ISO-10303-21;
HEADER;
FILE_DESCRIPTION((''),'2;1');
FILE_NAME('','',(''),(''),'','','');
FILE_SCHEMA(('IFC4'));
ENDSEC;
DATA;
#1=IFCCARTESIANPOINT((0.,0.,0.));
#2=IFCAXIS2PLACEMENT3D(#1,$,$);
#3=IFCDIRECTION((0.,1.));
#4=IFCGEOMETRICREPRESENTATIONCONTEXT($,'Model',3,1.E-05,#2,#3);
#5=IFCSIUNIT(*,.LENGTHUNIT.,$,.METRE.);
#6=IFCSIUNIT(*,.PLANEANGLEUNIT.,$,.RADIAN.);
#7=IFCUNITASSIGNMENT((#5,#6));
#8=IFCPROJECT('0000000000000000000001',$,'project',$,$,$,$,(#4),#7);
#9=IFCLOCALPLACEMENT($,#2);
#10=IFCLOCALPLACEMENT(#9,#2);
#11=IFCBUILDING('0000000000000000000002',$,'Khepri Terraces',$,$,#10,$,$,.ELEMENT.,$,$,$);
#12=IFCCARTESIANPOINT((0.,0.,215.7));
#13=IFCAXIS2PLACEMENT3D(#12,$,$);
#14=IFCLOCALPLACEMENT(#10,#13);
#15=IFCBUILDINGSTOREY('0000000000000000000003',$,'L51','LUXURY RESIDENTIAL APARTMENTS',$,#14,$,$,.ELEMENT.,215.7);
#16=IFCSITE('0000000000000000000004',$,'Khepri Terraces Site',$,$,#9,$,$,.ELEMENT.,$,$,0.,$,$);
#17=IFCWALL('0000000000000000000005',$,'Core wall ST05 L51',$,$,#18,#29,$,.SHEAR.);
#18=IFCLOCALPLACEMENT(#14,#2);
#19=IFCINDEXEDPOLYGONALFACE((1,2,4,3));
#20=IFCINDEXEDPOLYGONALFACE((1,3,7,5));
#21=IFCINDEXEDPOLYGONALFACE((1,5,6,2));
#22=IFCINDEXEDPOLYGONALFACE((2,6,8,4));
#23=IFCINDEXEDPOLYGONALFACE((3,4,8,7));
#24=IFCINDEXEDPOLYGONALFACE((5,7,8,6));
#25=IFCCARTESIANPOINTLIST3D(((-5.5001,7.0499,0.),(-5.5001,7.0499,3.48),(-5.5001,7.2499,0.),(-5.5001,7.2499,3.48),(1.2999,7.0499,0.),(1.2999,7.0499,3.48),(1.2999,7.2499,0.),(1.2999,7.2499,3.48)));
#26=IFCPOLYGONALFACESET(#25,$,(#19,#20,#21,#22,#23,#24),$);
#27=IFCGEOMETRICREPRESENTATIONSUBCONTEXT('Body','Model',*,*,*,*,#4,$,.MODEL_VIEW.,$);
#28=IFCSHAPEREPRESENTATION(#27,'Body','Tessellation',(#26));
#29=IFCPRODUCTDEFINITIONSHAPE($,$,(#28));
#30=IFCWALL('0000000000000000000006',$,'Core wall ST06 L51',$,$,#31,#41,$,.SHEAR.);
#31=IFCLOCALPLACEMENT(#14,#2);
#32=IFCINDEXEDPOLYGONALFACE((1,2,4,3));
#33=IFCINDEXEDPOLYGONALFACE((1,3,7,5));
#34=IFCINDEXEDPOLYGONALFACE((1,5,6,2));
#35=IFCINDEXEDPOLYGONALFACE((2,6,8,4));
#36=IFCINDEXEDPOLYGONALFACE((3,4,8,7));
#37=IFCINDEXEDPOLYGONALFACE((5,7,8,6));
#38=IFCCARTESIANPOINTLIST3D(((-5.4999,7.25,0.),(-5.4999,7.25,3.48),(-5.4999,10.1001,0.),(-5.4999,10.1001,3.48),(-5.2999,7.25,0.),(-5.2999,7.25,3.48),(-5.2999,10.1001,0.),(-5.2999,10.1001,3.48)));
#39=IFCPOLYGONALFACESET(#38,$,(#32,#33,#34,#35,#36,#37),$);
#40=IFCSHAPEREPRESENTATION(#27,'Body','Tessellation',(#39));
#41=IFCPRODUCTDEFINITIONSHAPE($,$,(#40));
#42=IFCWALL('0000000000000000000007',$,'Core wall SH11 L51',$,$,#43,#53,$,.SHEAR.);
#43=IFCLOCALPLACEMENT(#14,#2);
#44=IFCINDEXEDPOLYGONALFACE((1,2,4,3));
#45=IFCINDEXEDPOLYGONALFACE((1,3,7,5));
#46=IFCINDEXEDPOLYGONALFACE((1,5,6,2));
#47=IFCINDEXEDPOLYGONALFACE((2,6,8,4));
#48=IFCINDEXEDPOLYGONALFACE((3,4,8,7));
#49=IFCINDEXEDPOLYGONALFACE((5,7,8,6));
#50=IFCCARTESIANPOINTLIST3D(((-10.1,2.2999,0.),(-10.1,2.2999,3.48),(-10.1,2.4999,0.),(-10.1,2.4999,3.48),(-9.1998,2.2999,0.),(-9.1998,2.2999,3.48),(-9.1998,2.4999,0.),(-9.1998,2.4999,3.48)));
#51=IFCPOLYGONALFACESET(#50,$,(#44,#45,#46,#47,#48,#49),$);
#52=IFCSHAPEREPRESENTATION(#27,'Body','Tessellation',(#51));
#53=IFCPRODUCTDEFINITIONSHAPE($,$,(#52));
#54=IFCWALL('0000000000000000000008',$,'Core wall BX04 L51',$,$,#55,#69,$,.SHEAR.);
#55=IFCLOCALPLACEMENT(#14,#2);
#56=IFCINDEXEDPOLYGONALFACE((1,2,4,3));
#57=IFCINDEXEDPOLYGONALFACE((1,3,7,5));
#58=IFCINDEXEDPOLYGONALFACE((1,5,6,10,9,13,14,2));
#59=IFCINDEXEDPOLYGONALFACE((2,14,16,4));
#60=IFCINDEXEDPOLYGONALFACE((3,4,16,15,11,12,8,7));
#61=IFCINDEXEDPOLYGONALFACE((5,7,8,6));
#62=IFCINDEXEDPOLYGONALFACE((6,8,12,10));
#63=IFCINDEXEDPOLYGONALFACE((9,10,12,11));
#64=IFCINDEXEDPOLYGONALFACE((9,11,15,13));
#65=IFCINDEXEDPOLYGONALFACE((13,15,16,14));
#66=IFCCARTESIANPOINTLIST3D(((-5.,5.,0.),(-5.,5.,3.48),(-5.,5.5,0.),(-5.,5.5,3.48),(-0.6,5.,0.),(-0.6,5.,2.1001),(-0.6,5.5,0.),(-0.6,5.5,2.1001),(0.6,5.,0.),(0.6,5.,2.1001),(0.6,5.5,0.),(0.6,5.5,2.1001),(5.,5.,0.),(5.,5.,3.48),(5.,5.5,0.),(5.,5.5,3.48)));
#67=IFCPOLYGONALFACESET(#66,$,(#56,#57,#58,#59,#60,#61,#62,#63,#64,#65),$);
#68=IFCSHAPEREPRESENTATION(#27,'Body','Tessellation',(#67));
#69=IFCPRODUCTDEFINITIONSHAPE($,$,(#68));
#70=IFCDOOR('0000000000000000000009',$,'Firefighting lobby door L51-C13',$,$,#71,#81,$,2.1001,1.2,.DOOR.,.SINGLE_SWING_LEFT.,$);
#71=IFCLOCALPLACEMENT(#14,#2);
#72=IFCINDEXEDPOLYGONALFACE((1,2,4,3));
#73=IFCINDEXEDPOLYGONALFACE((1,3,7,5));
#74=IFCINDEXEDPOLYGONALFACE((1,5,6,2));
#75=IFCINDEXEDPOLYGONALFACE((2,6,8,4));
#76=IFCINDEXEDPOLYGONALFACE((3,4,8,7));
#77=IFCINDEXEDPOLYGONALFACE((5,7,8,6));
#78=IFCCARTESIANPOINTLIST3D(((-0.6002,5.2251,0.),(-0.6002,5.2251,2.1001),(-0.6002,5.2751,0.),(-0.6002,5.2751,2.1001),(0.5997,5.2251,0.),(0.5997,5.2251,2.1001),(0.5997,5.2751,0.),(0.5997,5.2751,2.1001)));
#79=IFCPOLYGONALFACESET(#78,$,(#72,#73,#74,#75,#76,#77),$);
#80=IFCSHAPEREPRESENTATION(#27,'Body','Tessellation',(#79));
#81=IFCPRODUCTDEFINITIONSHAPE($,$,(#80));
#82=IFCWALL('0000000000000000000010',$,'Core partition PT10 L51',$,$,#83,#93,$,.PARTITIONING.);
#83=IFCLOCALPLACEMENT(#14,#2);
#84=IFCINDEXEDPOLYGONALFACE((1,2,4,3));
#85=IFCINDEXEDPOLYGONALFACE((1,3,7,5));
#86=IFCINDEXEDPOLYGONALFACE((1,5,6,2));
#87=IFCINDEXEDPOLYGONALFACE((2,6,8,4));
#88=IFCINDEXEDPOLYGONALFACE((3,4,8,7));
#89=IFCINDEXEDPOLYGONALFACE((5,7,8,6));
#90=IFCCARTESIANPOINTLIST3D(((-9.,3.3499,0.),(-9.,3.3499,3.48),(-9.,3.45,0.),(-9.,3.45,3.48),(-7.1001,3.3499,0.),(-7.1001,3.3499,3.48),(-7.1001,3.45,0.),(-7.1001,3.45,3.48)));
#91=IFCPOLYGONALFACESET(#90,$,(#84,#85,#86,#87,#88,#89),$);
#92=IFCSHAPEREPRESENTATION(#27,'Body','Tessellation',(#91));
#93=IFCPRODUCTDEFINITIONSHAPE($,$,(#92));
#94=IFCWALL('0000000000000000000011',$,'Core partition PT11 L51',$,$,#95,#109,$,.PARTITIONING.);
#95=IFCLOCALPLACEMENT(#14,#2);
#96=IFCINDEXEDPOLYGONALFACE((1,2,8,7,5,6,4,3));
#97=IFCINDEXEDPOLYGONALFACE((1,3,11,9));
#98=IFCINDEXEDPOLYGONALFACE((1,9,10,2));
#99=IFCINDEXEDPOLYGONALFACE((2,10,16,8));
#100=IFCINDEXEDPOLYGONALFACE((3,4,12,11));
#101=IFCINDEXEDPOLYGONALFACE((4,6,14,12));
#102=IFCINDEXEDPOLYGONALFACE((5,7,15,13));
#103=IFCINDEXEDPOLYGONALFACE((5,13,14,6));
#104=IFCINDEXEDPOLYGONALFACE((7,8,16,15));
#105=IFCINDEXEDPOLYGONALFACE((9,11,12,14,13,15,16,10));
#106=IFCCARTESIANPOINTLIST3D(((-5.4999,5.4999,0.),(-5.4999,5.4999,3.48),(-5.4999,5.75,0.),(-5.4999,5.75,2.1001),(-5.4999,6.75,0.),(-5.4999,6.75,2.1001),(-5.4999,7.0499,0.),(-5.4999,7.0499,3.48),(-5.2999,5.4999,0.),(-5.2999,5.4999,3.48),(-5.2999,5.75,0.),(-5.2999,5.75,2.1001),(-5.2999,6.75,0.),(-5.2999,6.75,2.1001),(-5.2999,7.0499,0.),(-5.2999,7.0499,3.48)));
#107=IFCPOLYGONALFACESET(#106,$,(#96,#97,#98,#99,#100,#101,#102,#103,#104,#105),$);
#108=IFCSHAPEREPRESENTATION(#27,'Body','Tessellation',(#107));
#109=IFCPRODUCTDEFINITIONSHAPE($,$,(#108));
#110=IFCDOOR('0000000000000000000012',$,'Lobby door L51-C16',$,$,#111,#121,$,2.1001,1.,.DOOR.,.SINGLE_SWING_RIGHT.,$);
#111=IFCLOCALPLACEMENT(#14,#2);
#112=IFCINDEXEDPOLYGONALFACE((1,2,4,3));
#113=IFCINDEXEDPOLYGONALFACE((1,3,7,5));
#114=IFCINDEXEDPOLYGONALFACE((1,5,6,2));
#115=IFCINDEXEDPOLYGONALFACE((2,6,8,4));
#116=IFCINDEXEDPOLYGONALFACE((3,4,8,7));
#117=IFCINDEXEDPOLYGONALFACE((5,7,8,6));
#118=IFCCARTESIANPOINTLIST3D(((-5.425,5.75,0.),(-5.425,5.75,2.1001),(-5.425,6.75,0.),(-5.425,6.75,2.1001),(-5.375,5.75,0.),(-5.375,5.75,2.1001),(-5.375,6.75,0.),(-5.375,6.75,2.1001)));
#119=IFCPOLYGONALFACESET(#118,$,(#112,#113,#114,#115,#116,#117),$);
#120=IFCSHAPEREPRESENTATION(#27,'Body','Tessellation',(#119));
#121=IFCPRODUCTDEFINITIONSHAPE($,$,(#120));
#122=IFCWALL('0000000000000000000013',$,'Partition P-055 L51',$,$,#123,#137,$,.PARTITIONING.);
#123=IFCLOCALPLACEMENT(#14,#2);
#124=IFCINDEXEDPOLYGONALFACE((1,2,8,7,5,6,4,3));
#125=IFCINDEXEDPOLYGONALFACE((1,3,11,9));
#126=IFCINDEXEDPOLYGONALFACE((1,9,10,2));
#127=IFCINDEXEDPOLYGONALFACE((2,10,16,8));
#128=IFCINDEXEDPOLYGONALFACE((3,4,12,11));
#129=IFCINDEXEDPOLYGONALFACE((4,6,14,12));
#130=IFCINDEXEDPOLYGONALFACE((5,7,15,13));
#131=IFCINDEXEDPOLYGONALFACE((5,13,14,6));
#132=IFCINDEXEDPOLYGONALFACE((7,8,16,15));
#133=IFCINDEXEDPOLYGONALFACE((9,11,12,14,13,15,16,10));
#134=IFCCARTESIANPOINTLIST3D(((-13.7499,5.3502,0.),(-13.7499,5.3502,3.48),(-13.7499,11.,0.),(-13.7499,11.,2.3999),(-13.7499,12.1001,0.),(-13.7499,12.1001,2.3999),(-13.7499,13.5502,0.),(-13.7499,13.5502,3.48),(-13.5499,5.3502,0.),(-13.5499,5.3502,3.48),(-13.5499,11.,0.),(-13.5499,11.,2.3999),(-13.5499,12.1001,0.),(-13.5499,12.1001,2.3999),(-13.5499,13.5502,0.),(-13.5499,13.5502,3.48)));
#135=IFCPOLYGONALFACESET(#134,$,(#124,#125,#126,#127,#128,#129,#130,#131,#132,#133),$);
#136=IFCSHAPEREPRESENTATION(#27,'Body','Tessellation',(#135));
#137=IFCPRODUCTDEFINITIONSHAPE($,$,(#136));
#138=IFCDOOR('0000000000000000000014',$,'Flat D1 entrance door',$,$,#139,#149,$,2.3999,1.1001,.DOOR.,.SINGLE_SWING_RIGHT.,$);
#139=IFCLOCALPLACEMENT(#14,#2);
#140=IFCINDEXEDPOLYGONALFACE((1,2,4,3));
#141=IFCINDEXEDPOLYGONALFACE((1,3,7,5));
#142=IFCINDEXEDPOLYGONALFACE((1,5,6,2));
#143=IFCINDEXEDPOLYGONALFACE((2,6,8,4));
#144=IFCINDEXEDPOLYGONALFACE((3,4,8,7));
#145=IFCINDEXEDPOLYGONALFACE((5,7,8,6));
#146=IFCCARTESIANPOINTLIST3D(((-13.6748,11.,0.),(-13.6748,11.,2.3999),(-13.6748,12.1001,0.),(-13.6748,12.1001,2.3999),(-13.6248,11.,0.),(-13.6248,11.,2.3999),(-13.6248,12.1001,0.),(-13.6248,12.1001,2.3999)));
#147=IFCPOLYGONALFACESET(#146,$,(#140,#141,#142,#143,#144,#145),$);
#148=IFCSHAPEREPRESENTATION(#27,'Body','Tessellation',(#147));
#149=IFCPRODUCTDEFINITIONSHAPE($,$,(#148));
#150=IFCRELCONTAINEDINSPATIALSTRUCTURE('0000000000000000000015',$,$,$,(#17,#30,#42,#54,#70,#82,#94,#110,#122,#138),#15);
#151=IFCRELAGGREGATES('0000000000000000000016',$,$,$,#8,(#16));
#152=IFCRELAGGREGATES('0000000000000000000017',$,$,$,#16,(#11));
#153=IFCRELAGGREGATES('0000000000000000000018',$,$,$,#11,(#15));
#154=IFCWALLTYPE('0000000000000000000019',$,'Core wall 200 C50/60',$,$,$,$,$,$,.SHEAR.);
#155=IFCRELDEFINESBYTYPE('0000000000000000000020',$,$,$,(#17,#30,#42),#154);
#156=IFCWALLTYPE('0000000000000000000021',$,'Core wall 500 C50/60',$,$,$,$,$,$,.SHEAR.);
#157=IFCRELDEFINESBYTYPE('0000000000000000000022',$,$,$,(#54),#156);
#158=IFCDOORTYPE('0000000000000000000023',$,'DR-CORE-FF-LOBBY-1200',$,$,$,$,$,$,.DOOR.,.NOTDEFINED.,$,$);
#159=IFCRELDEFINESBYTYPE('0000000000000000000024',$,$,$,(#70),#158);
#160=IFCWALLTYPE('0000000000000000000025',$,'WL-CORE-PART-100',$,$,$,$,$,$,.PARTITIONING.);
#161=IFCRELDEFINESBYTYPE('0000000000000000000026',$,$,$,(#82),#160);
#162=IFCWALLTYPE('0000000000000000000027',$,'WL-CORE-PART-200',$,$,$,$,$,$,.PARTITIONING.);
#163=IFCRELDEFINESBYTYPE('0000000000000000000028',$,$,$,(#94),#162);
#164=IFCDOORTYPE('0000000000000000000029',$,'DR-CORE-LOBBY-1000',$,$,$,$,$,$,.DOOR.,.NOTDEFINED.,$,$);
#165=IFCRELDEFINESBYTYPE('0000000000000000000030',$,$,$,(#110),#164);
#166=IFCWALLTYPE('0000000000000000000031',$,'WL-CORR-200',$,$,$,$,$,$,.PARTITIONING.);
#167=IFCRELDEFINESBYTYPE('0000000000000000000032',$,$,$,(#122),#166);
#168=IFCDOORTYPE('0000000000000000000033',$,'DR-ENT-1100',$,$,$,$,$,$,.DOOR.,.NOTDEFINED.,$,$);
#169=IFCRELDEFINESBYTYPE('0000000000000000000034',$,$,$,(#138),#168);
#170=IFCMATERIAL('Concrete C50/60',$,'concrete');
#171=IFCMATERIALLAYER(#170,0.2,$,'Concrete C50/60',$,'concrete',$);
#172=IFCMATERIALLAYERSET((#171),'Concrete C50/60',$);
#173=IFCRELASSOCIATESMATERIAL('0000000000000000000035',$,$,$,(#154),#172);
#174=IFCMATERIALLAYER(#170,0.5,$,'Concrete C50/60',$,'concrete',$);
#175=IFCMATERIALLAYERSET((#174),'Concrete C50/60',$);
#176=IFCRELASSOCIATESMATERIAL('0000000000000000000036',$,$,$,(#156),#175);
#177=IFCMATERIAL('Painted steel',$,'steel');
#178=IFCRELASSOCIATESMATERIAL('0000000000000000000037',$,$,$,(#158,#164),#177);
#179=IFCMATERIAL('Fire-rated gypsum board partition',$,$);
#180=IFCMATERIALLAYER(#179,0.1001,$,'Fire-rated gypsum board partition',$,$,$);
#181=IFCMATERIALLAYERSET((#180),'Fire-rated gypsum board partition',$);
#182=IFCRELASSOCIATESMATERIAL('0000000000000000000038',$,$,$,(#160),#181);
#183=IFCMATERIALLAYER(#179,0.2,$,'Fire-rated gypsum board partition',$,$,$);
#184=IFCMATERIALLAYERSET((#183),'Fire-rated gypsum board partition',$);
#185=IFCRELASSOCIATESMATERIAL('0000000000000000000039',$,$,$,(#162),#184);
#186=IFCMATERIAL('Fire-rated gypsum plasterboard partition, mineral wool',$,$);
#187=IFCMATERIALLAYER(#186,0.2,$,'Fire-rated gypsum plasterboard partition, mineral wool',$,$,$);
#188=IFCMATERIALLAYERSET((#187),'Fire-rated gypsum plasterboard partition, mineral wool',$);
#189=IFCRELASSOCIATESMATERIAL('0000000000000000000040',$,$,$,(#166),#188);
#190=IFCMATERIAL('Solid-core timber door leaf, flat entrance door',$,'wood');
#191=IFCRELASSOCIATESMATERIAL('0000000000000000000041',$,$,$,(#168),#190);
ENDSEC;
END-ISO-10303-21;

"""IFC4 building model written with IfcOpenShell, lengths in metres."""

from ifc_helpers import new_model, si_unit, direction, frame, frame_2d, origin, place, context, subcontext, project, spatial, rectangle, extrude, material, layer, layer_set, type_object, element, fill, save


model = new_model("IFC4")

# Units and contexts
model_context = context("Model", 3, precision=1e-05, world=origin(), true_north=direction((0.0, 1.0)))
body_context = subcontext(model_context, "Body", "Model", "MODEL_VIEW")
ifc_project = project(units=[si_unit("LENGTHUNIT", "METRE"), si_unit("PLANEANGLEUNIT", "RADIAN")], contexts=[model_context])

# Site, building, storey
site_placement = place(None, origin())
site = spatial("IfcSite", under=ifc_project, at=site_placement, Name="Khepri Terraces Site", CompositionType="ELEMENT", RefElevation=0.0)
building_placement = place(site_placement, origin())
building = spatial("IfcBuilding", under=site, at=building_placement, Name="Khepri Terraces", CompositionType="ELEMENT")
storey_placement = place(building_placement, frame((0.0, 0.0, 215.7)))
storey = spatial("IfcBuildingStorey", under=building, at=storey_placement, Name="L51", Description="LUXURY RESIDENTIAL APARTMENTS", CompositionType="ELEMENT", Elevation=215.7)

# Walls
ifc_material_1 = material(Name="Concrete C50/60", Category="concrete")
ifc_layer_1 = layer(ifc_material_1, 0.2, Name="Concrete C50/60", Category="concrete")
ifc_layer_set_1 = layer_set([ifc_layer_1], Name="Concrete C50/60")
wall_type_1 = type_object("IfcWallType", Name="Core wall 200 C50/60", PredefinedType="SHEAR", material=ifc_layer_set_1)
wall_1_placement = place(storey_placement, frame((-5.5, 7.1499, 0.0), z_axis=(0.0, 0.0, 1.0), x_axis=(1.0, 0.0, 0.0)))
element("IfcWall", 1, at=wall_1_placement, inside=storey, type_object=wall_type_1, Name="Core wall ST05 L51", PredefinedType="SHEAR", context=body_context, shape_type="SweptSolid", body=[
    extrude(rectangle(XDim=6.8, YDim=0.2, at=frame_2d((3.3999, 0.0))), origin(), (0.0, 0.0, 1.0), 3.48),
])
wall_2_placement = place(storey_placement, frame((-5.3999, 7.25, 0.0), z_axis=(0.0, 0.0, 1.0), x_axis=(0.0, 1.0, 0.0)))
element("IfcWall", 2, at=wall_2_placement, inside=storey, type_object=wall_type_1, Name="Core wall ST06 L51", PredefinedType="SHEAR", context=body_context, shape_type="SweptSolid", body=[
    extrude(rectangle(XDim=2.8501, YDim=0.2, at=frame_2d((1.425, 0.0))), origin(), (0.0, 0.0, 1.0), 3.48),
])
wall_3_placement = place(storey_placement, frame((-10.1001, 2.3999, 0.0), z_axis=(0.0, 0.0, 1.0), x_axis=(1.0, 0.0, 0.0)))
element("IfcWall", 3, at=wall_3_placement, inside=storey, type_object=wall_type_1, Name="Core wall SH11 L51", PredefinedType="SHEAR", context=body_context, shape_type="SweptSolid", body=[
    extrude(rectangle(XDim=0.9001, YDim=0.2, at=frame_2d((0.4502, 0.0))), origin(), (0.0, 0.0, 1.0), 3.48),
])

# Wall, opening, door
ifc_layer_2 = layer(ifc_material_1, 0.5, Name="Concrete C50/60", Category="concrete")
ifc_layer_set_2 = layer_set([ifc_layer_2], Name="Concrete C50/60")
wall_type_2 = type_object("IfcWallType", Name="Core wall 500 C50/60", PredefinedType="SHEAR", material=ifc_layer_set_2)
wall_4_placement = place(storey_placement, frame((-5.0, 5.25, 0.0), z_axis=(0.0, 0.0, 1.0), x_axis=(1.0, 0.0, 0.0)))
wall_4 = element("IfcWall", 4, at=wall_4_placement, inside=storey, type_object=wall_type_2, Name="Core wall BX04 L51", PredefinedType="SHEAR", context=body_context, shape_type="SweptSolid", body=[
    extrude(rectangle(XDim=10.0, YDim=0.5, at=frame_2d((5.0, 0.0))), origin(), (0.0, 0.0, 1.0), 3.48),
])
opening_1_placement = place(wall_4_placement, frame((4.3999, 0.0, 0.0)))
opening_1 = element("IfcOpeningElement", 5, at=opening_1_placement, cuts=wall_4, PredefinedType="OPENING", context=body_context, shape_type="SweptSolid", body=[
    extrude(rectangle(XDim=1.2, YDim=2.1001, at=frame_2d((0.6001, 1.05))), frame((0.0, 0.26, 0.0), z_axis=(0.0, -1.0, 0.0), x_axis=(1.0, 0.0, 0.0)), (0.0, 0.0, 1.0), 0.52),
])
ifc_material_2 = material(Name="Painted steel", Category="steel")
door_type_1 = type_object("IfcDoorType", Name="DR-CORE-FF-LOBBY-1200", OperationType="NOTDEFINED", PredefinedType="DOOR", material=ifc_material_2)
door_1_placement = place(opening_1_placement, frame((1.2, 0.0, 0.0), z_axis=(0.0, 0.0, 1.0), x_axis=(-1.0, 0.0, 0.0)))
door_1 = element("IfcDoor", 6, at=door_1_placement, inside=storey, type_object=door_type_1, Name="Firefighting lobby door L51-C13", OperationType="SINGLE_SWING_LEFT", OverallHeight=2.1001, OverallWidth=1.2, PredefinedType="DOOR", context=body_context, shape_type="SweptSolid", body=[
    extrude(rectangle(XDim=1.2, YDim=2.1001, at=frame_2d((0.6001, 1.05))), frame((0.0, 0.0249, 0.0), z_axis=(0.0, -1.0, 0.0), x_axis=(1.0, 0.0, 0.0)), (0.0, 0.0, 1.0), 0.05),
])
fill(opening_1, door_1)

# Wall
ifc_material_3 = material(Name="Fire-rated gypsum board partition")
ifc_layer_3 = layer(ifc_material_3, 0.1001, Name="Fire-rated gypsum board partition")
ifc_layer_set_3 = layer_set([ifc_layer_3], Name="Fire-rated gypsum board partition")
wall_type_3 = type_object("IfcWallType", Name="WL-CORE-PART-100", PredefinedType="PARTITIONING", material=ifc_layer_set_3)
wall_5_placement = place(storey_placement, frame((-9.0, 3.3999, 0.0), z_axis=(0.0, 0.0, 1.0), x_axis=(1.0, 0.0, 0.0)))
element("IfcWall", 7, at=wall_5_placement, inside=storey, type_object=wall_type_3, Name="Core partition PT10 L51", PredefinedType="PARTITIONING", context=body_context, shape_type="SweptSolid", body=[
    extrude(rectangle(XDim=1.8999, YDim=0.1001, at=frame_2d((0.95, 0.0))), origin(), (0.0, 0.0, 1.0), 3.48),
])

# Walls, openings, doors
ifc_layer_4 = layer(ifc_material_3, 0.2, Name="Fire-rated gypsum board partition")
ifc_layer_set_4 = layer_set([ifc_layer_4], Name="Fire-rated gypsum board partition")
wall_type_4 = type_object("IfcWallType", Name="WL-CORE-PART-200", PredefinedType="PARTITIONING", material=ifc_layer_set_4)
wall_6_placement = place(storey_placement, frame((-5.3999, 5.5, 0.0), z_axis=(0.0, 0.0, 1.0), x_axis=(0.0, 1.0, 0.0)))
wall_6 = element("IfcWall", 8, at=wall_6_placement, inside=storey, type_object=wall_type_4, Name="Core partition PT11 L51", PredefinedType="PARTITIONING", context=body_context, shape_type="SweptSolid", body=[
    extrude(rectangle(XDim=1.55, YDim=0.2, at=frame_2d((0.7749, 0.0))), origin(), (0.0, 0.0, 1.0), 3.48),
])
opening_2_placement = place(wall_6_placement, frame((0.25, 0.0, 0.0)))
opening_2 = element("IfcOpeningElement", 9, at=opening_2_placement, cuts=wall_6, PredefinedType="OPENING", context=body_context, shape_type="SweptSolid", body=[
    extrude(rectangle(XDim=1.0, YDim=2.1001, at=frame_2d((0.5, 1.05))), frame((0.0, 0.1099, 0.0), z_axis=(0.0, -1.0, 0.0), x_axis=(1.0, 0.0, 0.0)), (0.0, 0.0, 1.0), 0.22),
])
door_type_2 = type_object("IfcDoorType", Name="DR-CORE-LOBBY-1000", OperationType="NOTDEFINED", PredefinedType="DOOR", material=ifc_material_2)
door_2_placement = place(opening_2_placement, frame((1.0, 0.0, 0.0), z_axis=(0.0, 0.0, 1.0), x_axis=(-1.0, 0.0, 0.0)))
door_2 = element("IfcDoor", 10, at=door_2_placement, inside=storey, type_object=door_type_2, Name="Lobby door L51-C16", OperationType="SINGLE_SWING_RIGHT", OverallHeight=2.1001, OverallWidth=1.0, PredefinedType="DOOR", context=body_context, shape_type="SweptSolid", body=[
    extrude(rectangle(XDim=1.0, YDim=2.1001, at=frame_2d((0.5, 1.05))), frame((0.0, 0.0249, 0.0), z_axis=(0.0, -1.0, 0.0), x_axis=(1.0, 0.0, 0.0)), (0.0, 0.0, 1.0), 0.05),
])
fill(opening_2, door_2)
ifc_material_4 = material(Name="Fire-rated gypsum plasterboard partition, mineral wool")
ifc_layer_5 = layer(ifc_material_4, 0.2, Name="Fire-rated gypsum plasterboard partition, mineral wool")
ifc_layer_set_5 = layer_set([ifc_layer_5], Name="Fire-rated gypsum plasterboard partition, mineral wool")
wall_type_5 = type_object("IfcWallType", Name="WL-CORR-200", PredefinedType="PARTITIONING", material=ifc_layer_set_5)
wall_7_placement = place(storey_placement, frame((-13.6499, 5.3501, 0.0), z_axis=(0.0, 0.0, 1.0), x_axis=(0.0, 1.0, 0.0)))
wall_7 = element("IfcWall", 11, at=wall_7_placement, inside=storey, type_object=wall_type_5, Name="Partition P-055 L51", PredefinedType="PARTITIONING", context=body_context, shape_type="SweptSolid", body=[
    extrude(rectangle(XDim=8.2, YDim=0.2, at=frame_2d((4.1001, 0.0))), origin(), (0.0, 0.0, 1.0), 3.48),
])
opening_3_placement = place(wall_7_placement, frame((5.6499, 0.0, 0.0)))
opening_3 = element("IfcOpeningElement", 12, at=opening_3_placement, cuts=wall_7, PredefinedType="OPENING", context=body_context, shape_type="SweptSolid", body=[
    extrude(rectangle(XDim=1.1001, YDim=2.3999, at=frame_2d((0.55, 1.2))), frame((0.0, 0.1099, 0.0), z_axis=(0.0, -1.0, 0.0), x_axis=(1.0, 0.0, 0.0)), (0.0, 0.0, 1.0), 0.22),
])
ifc_material_5 = material(Name="Solid-core timber door leaf, flat entrance door", Category="wood")
door_type_3 = type_object("IfcDoorType", Name="DR-ENT-1100", OperationType="NOTDEFINED", PredefinedType="DOOR", material=ifc_material_5)
door_3_placement = place(opening_3_placement, origin())
door_3 = element("IfcDoor", 13, at=door_3_placement, inside=storey, type_object=door_type_3, Name="Flat D1 entrance door", OperationType="SINGLE_SWING_RIGHT", OverallHeight=2.3999, OverallWidth=1.1001, PredefinedType="DOOR", context=body_context, shape_type="SweptSolid", body=[
    extrude(rectangle(XDim=1.1001, YDim=2.3999, at=frame_2d((0.55, 1.2))), frame((0.0, 0.0249, 0.0), z_axis=(0.0, -1.0, 0.0), x_axis=(1.0, 0.0, 0.0)), (0.0, 0.0, 1.0), 0.05),
])
fill(opening_3, door_3)

save(model, "model.ifc")
